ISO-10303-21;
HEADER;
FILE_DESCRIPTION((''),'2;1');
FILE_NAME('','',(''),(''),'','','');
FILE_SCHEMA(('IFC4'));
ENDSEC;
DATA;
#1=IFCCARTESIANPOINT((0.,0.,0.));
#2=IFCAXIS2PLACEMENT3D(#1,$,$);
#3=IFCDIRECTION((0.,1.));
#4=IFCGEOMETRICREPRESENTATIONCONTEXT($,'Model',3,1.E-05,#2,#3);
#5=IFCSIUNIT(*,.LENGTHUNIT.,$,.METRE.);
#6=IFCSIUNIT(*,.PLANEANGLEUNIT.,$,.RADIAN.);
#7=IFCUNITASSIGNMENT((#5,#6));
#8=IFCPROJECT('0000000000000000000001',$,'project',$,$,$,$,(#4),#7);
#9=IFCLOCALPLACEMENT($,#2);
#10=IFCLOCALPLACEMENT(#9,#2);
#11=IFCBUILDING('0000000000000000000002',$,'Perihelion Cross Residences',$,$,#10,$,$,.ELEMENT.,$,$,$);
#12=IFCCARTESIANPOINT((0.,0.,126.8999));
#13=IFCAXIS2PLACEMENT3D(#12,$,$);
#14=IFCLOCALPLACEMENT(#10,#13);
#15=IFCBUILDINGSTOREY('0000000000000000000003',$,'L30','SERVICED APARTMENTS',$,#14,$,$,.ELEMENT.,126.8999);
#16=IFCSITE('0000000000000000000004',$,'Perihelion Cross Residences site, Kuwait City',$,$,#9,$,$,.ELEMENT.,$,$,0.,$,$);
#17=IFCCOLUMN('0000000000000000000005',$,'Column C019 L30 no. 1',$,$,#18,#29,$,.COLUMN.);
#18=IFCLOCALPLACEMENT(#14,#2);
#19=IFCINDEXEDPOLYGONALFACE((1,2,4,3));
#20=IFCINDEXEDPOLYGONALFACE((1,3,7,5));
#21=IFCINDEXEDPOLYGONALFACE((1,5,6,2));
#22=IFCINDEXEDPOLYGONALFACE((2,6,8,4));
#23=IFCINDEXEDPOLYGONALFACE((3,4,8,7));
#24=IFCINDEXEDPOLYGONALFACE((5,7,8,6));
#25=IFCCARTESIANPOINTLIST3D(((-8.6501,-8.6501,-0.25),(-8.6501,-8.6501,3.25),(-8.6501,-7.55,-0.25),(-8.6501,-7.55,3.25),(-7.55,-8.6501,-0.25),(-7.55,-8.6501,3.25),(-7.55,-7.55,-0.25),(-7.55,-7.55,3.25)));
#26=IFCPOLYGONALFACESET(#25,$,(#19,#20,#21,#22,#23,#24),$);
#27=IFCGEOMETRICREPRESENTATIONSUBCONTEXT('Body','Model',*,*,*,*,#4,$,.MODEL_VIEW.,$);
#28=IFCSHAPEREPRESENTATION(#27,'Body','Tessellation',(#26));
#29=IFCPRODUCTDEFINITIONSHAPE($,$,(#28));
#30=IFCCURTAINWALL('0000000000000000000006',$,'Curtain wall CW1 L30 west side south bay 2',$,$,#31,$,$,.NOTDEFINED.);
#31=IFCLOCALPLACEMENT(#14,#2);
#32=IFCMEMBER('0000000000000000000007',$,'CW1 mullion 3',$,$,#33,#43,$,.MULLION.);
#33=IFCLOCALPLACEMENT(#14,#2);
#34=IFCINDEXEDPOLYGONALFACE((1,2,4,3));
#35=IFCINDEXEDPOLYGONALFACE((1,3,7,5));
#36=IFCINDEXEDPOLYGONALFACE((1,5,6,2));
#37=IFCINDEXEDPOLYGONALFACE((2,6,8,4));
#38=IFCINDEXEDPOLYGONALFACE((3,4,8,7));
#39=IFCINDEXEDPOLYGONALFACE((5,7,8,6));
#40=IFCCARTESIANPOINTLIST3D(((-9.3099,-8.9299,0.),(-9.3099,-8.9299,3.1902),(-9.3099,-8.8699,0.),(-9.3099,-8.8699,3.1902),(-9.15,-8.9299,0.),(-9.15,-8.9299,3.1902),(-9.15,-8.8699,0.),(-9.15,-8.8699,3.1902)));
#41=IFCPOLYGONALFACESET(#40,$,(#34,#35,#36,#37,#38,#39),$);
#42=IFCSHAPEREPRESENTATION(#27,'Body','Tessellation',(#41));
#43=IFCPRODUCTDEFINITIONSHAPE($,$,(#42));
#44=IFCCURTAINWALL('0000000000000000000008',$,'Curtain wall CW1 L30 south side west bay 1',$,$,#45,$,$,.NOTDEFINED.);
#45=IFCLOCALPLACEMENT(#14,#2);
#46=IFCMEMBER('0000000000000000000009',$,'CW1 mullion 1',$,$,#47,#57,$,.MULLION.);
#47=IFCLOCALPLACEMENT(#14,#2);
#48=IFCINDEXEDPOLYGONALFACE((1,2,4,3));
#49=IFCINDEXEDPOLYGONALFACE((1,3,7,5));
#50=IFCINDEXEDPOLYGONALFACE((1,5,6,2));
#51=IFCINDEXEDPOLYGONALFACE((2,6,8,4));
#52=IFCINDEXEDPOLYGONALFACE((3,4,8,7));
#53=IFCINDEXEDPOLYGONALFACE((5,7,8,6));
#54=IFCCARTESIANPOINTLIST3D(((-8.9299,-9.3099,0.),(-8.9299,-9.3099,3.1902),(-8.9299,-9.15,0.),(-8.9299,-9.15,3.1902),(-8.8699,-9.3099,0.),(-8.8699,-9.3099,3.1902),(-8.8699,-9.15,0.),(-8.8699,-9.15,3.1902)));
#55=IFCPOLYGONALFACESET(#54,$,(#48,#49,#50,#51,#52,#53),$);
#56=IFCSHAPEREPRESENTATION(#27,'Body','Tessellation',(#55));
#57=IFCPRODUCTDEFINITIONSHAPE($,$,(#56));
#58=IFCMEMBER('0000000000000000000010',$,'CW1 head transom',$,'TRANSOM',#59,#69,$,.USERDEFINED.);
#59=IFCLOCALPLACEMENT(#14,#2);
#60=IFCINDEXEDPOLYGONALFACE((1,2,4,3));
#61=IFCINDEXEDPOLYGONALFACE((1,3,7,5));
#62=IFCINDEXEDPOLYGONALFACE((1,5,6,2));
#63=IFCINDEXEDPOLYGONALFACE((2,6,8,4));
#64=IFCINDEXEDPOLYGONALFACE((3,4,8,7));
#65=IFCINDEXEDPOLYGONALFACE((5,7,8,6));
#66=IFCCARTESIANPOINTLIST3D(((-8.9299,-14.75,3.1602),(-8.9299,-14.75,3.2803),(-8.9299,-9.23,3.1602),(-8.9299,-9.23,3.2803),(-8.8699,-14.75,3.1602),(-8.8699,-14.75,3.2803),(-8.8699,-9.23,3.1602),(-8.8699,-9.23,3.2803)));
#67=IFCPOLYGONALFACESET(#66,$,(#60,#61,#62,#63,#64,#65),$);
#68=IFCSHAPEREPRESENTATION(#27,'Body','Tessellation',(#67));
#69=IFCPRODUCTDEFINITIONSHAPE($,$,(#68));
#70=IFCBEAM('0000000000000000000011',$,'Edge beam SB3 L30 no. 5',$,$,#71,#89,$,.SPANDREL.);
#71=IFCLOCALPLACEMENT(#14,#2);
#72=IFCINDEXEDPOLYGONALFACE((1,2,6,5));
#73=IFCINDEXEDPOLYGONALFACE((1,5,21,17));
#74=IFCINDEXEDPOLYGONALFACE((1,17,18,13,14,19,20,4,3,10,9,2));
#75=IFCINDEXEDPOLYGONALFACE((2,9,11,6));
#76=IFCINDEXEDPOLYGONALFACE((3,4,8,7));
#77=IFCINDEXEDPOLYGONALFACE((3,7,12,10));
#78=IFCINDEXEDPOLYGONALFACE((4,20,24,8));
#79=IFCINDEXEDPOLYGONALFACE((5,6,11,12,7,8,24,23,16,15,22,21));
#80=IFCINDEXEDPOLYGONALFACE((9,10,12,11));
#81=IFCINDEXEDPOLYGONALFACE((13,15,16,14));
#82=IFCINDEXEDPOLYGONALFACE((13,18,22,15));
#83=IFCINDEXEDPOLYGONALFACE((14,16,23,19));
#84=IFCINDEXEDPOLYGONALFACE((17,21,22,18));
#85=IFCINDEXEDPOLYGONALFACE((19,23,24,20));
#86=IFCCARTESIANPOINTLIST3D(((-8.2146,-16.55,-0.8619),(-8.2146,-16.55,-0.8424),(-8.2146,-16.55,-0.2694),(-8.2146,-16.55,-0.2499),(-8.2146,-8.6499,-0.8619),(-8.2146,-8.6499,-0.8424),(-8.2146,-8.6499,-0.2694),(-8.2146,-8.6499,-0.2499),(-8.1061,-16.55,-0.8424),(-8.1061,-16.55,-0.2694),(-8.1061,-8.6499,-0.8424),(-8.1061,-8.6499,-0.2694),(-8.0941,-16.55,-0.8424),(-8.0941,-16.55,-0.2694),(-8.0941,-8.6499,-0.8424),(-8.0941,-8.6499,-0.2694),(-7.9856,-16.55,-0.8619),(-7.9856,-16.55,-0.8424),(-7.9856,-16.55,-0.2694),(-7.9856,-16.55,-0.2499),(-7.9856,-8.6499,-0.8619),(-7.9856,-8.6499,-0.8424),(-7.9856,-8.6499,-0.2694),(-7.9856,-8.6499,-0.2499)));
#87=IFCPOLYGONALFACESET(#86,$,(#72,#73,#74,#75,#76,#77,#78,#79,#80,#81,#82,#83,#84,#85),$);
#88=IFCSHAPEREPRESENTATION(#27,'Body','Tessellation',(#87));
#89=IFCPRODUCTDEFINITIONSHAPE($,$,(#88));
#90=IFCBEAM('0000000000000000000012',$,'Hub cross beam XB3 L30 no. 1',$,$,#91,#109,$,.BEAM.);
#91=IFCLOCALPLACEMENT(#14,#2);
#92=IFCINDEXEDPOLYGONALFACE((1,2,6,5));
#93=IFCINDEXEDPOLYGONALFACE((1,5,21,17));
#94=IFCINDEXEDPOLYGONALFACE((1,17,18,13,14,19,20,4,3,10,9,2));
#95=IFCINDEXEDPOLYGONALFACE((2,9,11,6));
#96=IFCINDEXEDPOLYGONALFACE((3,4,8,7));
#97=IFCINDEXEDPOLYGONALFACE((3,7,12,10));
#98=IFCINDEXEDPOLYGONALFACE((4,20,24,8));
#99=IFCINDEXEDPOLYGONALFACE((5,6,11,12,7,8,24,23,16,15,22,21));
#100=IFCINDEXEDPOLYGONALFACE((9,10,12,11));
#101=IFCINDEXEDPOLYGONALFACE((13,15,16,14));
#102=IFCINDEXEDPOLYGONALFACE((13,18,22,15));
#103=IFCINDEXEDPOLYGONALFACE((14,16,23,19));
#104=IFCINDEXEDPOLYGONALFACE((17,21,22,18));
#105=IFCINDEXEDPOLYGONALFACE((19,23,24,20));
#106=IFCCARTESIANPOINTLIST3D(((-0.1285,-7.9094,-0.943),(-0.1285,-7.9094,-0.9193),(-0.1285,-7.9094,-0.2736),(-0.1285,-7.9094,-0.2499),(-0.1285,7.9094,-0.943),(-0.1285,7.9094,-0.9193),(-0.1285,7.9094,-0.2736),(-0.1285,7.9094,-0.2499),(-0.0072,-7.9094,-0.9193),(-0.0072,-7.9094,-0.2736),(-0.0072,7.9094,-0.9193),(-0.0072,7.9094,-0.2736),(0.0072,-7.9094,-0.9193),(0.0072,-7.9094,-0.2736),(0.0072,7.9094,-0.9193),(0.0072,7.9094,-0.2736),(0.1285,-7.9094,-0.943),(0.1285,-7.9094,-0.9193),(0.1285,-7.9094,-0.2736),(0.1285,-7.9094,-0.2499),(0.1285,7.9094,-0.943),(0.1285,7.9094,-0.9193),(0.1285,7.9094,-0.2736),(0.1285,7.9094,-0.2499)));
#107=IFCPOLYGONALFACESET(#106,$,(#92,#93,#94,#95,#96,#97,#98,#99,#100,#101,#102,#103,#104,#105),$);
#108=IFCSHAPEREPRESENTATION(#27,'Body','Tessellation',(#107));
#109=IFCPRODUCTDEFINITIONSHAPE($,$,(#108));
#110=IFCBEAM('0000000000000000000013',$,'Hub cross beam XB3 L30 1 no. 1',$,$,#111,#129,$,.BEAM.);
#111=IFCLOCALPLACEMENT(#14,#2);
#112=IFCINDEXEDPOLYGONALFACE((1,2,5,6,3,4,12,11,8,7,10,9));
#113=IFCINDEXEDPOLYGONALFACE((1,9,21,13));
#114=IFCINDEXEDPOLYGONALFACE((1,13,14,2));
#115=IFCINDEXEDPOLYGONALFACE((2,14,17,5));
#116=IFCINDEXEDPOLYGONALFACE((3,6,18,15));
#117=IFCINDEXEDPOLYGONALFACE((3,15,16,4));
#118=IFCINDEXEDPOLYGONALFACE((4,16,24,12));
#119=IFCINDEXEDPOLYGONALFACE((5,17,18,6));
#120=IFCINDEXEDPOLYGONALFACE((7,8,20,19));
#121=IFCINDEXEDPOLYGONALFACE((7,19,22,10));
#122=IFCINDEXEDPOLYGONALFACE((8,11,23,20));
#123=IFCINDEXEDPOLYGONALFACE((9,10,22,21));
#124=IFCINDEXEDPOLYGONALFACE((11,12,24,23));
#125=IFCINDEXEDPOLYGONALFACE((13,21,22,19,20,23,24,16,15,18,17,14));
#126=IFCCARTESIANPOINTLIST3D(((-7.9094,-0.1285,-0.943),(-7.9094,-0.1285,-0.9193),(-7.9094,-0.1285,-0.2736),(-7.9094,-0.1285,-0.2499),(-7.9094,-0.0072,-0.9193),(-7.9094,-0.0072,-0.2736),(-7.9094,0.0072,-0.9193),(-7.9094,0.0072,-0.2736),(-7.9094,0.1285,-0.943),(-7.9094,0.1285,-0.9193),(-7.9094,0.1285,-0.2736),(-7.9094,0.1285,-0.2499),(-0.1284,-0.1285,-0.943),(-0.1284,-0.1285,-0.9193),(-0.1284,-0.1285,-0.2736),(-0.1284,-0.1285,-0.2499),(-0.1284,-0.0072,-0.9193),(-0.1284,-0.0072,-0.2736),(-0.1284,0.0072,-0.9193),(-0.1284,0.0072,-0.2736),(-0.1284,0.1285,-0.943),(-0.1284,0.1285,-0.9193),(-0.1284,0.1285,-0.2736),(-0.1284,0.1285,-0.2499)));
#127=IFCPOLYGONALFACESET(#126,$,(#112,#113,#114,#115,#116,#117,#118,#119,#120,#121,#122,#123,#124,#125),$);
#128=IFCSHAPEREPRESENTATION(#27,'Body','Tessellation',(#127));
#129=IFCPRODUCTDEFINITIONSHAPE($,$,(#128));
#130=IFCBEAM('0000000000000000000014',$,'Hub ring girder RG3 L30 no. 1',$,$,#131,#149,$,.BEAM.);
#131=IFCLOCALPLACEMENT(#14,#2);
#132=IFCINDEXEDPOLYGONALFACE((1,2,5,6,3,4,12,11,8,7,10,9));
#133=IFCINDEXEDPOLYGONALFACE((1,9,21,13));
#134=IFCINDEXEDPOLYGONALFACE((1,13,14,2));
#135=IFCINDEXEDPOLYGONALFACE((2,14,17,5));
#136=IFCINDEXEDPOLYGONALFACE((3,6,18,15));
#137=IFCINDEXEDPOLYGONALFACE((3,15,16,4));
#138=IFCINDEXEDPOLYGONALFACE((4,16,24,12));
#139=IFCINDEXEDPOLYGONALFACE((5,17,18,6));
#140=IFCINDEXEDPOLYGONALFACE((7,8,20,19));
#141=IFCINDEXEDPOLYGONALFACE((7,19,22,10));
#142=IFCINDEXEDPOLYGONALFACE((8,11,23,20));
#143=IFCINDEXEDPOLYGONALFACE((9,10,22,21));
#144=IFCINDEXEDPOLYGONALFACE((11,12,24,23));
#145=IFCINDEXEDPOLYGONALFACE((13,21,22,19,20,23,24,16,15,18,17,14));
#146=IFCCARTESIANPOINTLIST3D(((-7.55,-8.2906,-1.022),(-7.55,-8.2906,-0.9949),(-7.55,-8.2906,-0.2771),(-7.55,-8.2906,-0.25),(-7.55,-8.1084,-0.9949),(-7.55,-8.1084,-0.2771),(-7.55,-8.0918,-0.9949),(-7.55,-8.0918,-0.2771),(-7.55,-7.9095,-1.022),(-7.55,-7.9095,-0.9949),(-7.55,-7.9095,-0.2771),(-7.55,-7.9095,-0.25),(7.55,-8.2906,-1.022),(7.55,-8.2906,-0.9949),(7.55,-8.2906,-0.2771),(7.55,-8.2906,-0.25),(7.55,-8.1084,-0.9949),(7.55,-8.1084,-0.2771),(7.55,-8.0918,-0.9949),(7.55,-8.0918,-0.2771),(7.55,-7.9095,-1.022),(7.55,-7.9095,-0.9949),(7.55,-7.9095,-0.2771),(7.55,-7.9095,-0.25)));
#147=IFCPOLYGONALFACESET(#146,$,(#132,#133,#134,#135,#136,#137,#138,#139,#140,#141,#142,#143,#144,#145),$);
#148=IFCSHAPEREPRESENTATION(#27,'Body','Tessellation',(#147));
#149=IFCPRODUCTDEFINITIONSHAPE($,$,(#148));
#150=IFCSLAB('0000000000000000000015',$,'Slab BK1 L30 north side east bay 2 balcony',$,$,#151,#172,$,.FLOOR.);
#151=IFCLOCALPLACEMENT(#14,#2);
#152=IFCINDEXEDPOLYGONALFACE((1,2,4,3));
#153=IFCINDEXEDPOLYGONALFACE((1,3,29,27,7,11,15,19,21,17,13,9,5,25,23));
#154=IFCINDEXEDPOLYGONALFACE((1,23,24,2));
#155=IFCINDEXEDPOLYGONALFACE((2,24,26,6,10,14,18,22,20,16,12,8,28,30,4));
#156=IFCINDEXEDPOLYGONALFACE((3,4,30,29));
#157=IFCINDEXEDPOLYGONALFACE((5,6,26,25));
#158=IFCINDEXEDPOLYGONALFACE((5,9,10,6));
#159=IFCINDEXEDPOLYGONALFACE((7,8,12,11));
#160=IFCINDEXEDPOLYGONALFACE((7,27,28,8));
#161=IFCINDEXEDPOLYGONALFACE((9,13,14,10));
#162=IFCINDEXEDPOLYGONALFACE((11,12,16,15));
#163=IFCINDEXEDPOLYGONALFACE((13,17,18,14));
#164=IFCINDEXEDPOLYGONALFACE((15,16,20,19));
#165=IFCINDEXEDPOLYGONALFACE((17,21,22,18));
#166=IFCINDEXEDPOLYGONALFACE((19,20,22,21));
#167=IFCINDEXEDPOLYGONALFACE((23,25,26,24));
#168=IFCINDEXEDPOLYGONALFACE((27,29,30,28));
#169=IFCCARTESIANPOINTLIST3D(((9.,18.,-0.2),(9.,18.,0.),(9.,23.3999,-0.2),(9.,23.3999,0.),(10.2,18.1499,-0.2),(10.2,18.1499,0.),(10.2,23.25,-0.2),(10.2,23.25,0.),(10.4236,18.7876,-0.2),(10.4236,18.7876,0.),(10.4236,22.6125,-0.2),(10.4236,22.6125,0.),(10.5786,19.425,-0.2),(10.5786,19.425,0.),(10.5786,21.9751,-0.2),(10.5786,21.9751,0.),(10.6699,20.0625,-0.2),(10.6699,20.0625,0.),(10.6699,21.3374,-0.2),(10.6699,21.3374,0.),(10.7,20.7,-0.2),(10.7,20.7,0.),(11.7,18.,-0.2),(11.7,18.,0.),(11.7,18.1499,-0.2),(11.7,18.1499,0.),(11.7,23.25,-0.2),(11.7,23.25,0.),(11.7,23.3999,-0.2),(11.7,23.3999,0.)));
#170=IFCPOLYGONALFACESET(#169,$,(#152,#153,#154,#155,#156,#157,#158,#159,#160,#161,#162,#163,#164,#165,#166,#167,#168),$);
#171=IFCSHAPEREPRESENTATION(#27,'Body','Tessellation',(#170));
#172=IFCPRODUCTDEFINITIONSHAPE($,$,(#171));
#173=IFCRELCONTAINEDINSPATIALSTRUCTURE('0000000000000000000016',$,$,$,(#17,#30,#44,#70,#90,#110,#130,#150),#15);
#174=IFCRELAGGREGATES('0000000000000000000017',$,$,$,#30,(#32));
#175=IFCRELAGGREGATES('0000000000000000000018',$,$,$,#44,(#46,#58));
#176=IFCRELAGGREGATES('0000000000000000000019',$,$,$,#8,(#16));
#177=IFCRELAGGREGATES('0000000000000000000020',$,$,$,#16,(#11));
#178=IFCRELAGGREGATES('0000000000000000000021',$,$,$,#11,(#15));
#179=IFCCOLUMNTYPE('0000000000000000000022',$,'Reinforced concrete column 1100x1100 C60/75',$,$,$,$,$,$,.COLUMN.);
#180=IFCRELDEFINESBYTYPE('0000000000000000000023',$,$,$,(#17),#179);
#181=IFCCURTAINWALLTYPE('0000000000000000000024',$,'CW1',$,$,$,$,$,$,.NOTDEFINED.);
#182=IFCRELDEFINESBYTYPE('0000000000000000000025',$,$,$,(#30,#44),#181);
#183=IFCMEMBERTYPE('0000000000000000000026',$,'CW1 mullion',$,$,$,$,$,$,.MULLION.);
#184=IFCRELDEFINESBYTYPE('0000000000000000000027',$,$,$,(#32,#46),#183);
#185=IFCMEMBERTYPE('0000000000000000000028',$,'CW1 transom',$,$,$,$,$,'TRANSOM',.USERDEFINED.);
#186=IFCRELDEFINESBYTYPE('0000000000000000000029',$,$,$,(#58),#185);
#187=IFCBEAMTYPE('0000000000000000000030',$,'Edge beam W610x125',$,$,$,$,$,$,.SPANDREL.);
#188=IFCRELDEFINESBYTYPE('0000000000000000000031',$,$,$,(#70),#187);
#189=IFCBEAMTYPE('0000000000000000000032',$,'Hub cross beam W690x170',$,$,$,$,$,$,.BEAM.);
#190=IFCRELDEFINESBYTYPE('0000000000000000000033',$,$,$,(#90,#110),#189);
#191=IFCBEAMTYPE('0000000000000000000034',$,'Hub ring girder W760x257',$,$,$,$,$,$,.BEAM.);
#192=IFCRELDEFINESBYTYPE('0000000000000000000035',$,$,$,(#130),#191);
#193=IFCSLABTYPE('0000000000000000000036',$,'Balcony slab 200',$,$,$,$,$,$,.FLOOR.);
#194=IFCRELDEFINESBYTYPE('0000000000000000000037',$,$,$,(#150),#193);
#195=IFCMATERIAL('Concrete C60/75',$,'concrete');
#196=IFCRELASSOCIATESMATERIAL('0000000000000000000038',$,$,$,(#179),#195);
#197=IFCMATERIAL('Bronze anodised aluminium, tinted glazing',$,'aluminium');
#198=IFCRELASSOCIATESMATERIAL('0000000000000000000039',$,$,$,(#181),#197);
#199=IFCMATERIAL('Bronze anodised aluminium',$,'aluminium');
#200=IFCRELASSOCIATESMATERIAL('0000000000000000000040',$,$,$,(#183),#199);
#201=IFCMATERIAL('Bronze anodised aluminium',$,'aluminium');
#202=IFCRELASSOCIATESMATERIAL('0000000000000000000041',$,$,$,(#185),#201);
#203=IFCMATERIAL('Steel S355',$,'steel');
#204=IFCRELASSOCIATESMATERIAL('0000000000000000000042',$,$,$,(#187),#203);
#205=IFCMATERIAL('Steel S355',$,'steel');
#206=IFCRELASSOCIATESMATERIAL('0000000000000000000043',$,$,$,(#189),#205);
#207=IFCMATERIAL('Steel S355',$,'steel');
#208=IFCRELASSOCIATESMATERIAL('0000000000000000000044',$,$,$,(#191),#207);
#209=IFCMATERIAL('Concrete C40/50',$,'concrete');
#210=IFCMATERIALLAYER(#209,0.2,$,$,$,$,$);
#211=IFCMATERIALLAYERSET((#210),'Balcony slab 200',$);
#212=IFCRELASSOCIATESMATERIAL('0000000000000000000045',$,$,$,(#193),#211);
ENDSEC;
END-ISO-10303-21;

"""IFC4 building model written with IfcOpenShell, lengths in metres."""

from ifc_helpers import new_model, si_unit, direction, frame, origin, origin_2d, place, context, subcontext, project, spatial, polyline, rectangle, i_section, outline, extrude, material, layer, layer_set, material_profile, profile_set, type_object, element, aggregate, save


model = new_model("IFC4")

# Units and contexts
model_context = context("Model", 3, precision=1e-05, world=origin(), true_north=direction((0.0, 1.0)))
body_context = subcontext(model_context, "Body", "Model", "MODEL_VIEW")
ifc_project = project(units=[si_unit("LENGTHUNIT", "METRE"), si_unit("PLANEANGLEUNIT", "RADIAN")], contexts=[model_context])

# Site, building, storey
site_placement = place(None, origin())
site = spatial("IfcSite", under=ifc_project, at=site_placement, Name="Perihelion Cross Residences site, Kuwait City", CompositionType="ELEMENT", RefElevation=0.0)
building_placement = place(site_placement, origin())
building = spatial("IfcBuilding", under=site, at=building_placement, Name="Perihelion Cross Residences", CompositionType="ELEMENT")
storey_placement = place(building_placement, frame((0.0, 0.0, 126.8999)))
storey = spatial("IfcBuildingStorey", under=building, at=storey_placement, Name="L30", Description="SERVICED APARTMENTS", CompositionType="ELEMENT", Elevation=126.8999)

# Column
ifc_material_1 = material(Name="Concrete C60/75", Category="concrete")
ifc_material_profile_1 = material_profile(ifc_material_1, rectangle(XDim=1.1001, YDim=1.1001, at=origin_2d()), Name="RC 1100x1100")
ifc_profile_set_1 = profile_set([ifc_material_profile_1], Name="Concrete C60/75")
column_type = type_object("IfcColumnType", Name="Reinforced concrete column 1100x1100 C60/75", PredefinedType="COLUMN", material=ifc_profile_set_1)
column_placement = place(storey_placement, frame((-8.1001, -8.1001, -0.25), z_axis=(0.0, 0.0, 1.0), x_axis=(1.0, 0.0, 0.0)))
element("IfcColumn", 1, at=column_placement, inside=storey, type_object=column_type, Name="Column C019 L30 no. 1", PredefinedType="COLUMN", context=body_context, shape_type="SweptSolid", body=[
    extrude(rectangle(XDim=1.1001, YDim=1.1001, at=origin_2d()), origin(), (0.0, 0.0, 1.0), 3.5),
])

# Curtain wall, member
ifc_material_2 = material(Name="Bronze anodised aluminium, tinted glazing", Category="aluminium")
curtain_wall_type = type_object("IfcCurtainWallType", Name="CW1", PredefinedType="NOTDEFINED", material=ifc_material_2)
curtain_wall_1_placement = place(storey_placement, origin())
curtain_wall_1 = element("IfcCurtainWall", 2, at=curtain_wall_1_placement, inside=storey, type_object=curtain_wall_type, Name="Curtain wall CW1 L30 west side south bay 2", PredefinedType="NOTDEFINED")
ifc_material_3 = material(Name="Bronze anodised aluminium", Category="aluminium")
ifc_material_profile_2 = material_profile(ifc_material_3, rectangle(XDim=0.0601, YDim=0.1599, at=origin_2d()), Name="CW1 mullion")
ifc_profile_set_2 = profile_set([ifc_material_profile_2], Name="Bronze anodised aluminium")
member_type_1 = type_object("IfcMemberType", Name="CW1 mullion", PredefinedType="MULLION", material=ifc_profile_set_2)
member_1_placement = place(storey_placement, frame((-9.23, -8.8999, 0.0), z_axis=(0.0, 0.0, 1.0), x_axis=(0.0, 1.0, 0.0)))
member_1 = element("IfcMember", 3, at=member_1_placement, type_object=member_type_1, Name="CW1 mullion 3", PredefinedType="MULLION", context=body_context, shape_type="SweptSolid", body=[
    extrude(rectangle(XDim=0.0601, YDim=0.1599, at=origin_2d()), origin(), (0.0, 0.0, 1.0), 3.1902),
])

# Curtain wall, members
curtain_wall_2_placement = place(storey_placement, origin())
curtain_wall_2 = element("IfcCurtainWall", 4, at=curtain_wall_2_placement, inside=storey, type_object=curtain_wall_type, Name="Curtain wall CW1 L30 south side west bay 1", PredefinedType="NOTDEFINED")
member_2_placement = place(storey_placement, frame((-8.8999, -9.23, 0.0), z_axis=(0.0, 0.0, 1.0), x_axis=(1.0, 0.0, 0.0)))
member_2 = element("IfcMember", 5, at=member_2_placement, type_object=member_type_1, Name="CW1 mullion 1", PredefinedType="MULLION", context=body_context, shape_type="SweptSolid", body=[
    extrude(rectangle(XDim=0.0601, YDim=0.1599, at=origin_2d()), origin(), (0.0, 0.0, 1.0), 3.1902),
])
ifc_material_4 = material(Name="Bronze anodised aluminium", Category="aluminium")
ifc_material_profile_3 = material_profile(ifc_material_4, rectangle(XDim=0.0601, YDim=0.1201, at=origin_2d()), Name="CW1 transom")
ifc_profile_set_3 = profile_set([ifc_material_profile_3], Name="Bronze anodised aluminium")
member_type_2 = type_object("IfcMemberType", Name="CW1 transom", ElementType="TRANSOM", PredefinedType="USERDEFINED", material=ifc_profile_set_3)
member_3_placement = place(storey_placement, frame((-8.8999, -9.23, 3.2202), z_axis=(0.0, -1.0, 0.0), x_axis=(1.0, 0.0, 0.0)))
member_3 = element("IfcMember", 6, at=member_3_placement, type_object=member_type_2, Name="CW1 head transom", ObjectType="TRANSOM", PredefinedType="USERDEFINED", context=body_context, shape_type="SweptSolid", body=[
    extrude(rectangle(XDim=0.0601, YDim=0.1201, at=origin_2d()), origin(), (0.0, 0.0, 1.0), 5.52),
])

# Beams
ifc_material_5 = material(Name="Steel S355", Category="steel")
ifc_material_profile_4 = material_profile(ifc_material_5, i_section(OverallWidth=0.229, OverallDepth=0.6121, WebThickness=0.012, FlangeThickness=0.0195, at=origin_2d()), Name="W610x125")
ifc_profile_set_4 = profile_set([ifc_material_profile_4], Name="Steel S355")
beam_type_1 = type_object("IfcBeamType", Name="Edge beam W610x125", PredefinedType="SPANDREL", material=ifc_profile_set_4)
beam_1_placement = place(storey_placement, frame((-8.1001, -8.6499, -0.5559), z_axis=(0.0, -1.0, 0.0), x_axis=(1.0, 0.0, 0.0)))
element("IfcBeam", 7, at=beam_1_placement, inside=storey, type_object=beam_type_1, Name="Edge beam SB3 L30 no. 5", PredefinedType="SPANDREL", context=body_context, shape_type="SweptSolid", body=[
    extrude(i_section(OverallWidth=0.229, OverallDepth=0.6121, WebThickness=0.012, FlangeThickness=0.0195, at=origin_2d()), origin(), (0.0, 0.0, 1.0), 7.9001),
])
ifc_material_6 = material(Name="Steel S355", Category="steel")
ifc_material_profile_5 = material_profile(ifc_material_6, i_section(OverallWidth=0.2571, OverallDepth=0.6931, WebThickness=0.0144, FlangeThickness=0.0237, at=origin_2d()), Name="W690x170")
ifc_profile_set_5 = profile_set([ifc_material_profile_5], Name="Steel S355")
beam_type_2 = type_object("IfcBeamType", Name="Hub cross beam W690x170", PredefinedType="BEAM", material=ifc_profile_set_5)
beam_2_placement = place(storey_placement, frame((0.0, -7.9094, -0.5964), z_axis=(0.0, 1.0, 0.0), x_axis=(-1.0, 0.0, 0.0)))
element("IfcBeam", 8, at=beam_2_placement, inside=storey, type_object=beam_type_2, Name="Hub cross beam XB3 L30 no. 1", PredefinedType="BEAM", context=body_context, shape_type="SweptSolid", body=[
    extrude(i_section(OverallWidth=0.2571, OverallDepth=0.6931, WebThickness=0.0144, FlangeThickness=0.0237, at=origin_2d()), origin(), (0.0, 0.0, 1.0), 15.8188),
])
beam_3_placement = place(storey_placement, frame((-7.9094, 0.0, -0.5964), z_axis=(1.0, 0.0, 0.0), x_axis=(0.0, 1.0, 0.0)))
element("IfcBeam", 9, at=beam_3_placement, inside=storey, type_object=beam_type_2, Name="Hub cross beam XB3 L30 1 no. 1", PredefinedType="BEAM", context=body_context, shape_type="SweptSolid", body=[
    extrude(i_section(OverallWidth=0.2571, OverallDepth=0.6931, WebThickness=0.0144, FlangeThickness=0.0237, at=origin_2d()), origin(), (0.0, 0.0, 1.0), 7.781),
])
ifc_material_7 = material(Name="Steel S355", Category="steel")
ifc_material_profile_6 = material_profile(ifc_material_7, i_section(OverallWidth=0.3811, OverallDepth=0.772, WebThickness=0.0166, FlangeThickness=0.0271, at=origin_2d()), Name="W760x257")
ifc_profile_set_6 = profile_set([ifc_material_profile_6], Name="Steel S355")
beam_type_3 = type_object("IfcBeamType", Name="Hub ring girder W760x257", PredefinedType="BEAM", material=ifc_profile_set_6)
beam_4_placement = place(storey_placement, frame((-7.55, -8.1001, -0.636), z_axis=(1.0, 0.0, 0.0), x_axis=(0.0, 1.0, 0.0)))
element("IfcBeam", 10, at=beam_4_placement, inside=storey, type_object=beam_type_3, Name="Hub ring girder RG3 L30 no. 1", PredefinedType="BEAM", context=body_context, shape_type="SweptSolid", body=[
    extrude(i_section(OverallWidth=0.3811, OverallDepth=0.772, WebThickness=0.0166, FlangeThickness=0.0271, at=origin_2d()), origin(), (0.0, 0.0, 1.0), 15.1001),
])

# Slab
ifc_material_8 = material(Name="Concrete C40/50", Category="concrete")
ifc_layer_1 = layer(ifc_material_8, 0.2)
ifc_layer_set_1 = layer_set([ifc_layer_1], Name="Balcony slab 200")
slab_type_1 = type_object("IfcSlabType", Name="Balcony slab 200", PredefinedType="FLOOR", material=ifc_layer_set_1)
slab_1_placement = place(storey_placement, frame((0.0, 0.0, -0.2)))
element("IfcSlab", 11, at=slab_1_placement, inside=storey, type_object=slab_type_1, Name="Slab BK1 L30 north side east bay 2 balcony", PredefinedType="FLOOR", context=body_context, shape_type="SweptSolid", body=[
    extrude(outline(polyline([(9.0, 18.0), (9.0, 23.3999), (11.7, 23.3999), (11.7, 23.25), (10.2, 23.25), (10.4236, 22.6125), (10.5786, 21.9751), (10.6699, 21.3374), (10.7, 20.7), (10.6699, 20.0625), (10.5786, 19.425), (10.4236, 18.7876), (10.2, 18.1499), (11.7, 18.1499), (11.7, 18.0), (9.0, 18.0)])), origin(), (0.0, 0.0, 1.0), 0.2),
])

aggregate(curtain_wall_1, [member_1])
aggregate(curtain_wall_2, [member_2, member_3])

save(model, "model.ifc")
